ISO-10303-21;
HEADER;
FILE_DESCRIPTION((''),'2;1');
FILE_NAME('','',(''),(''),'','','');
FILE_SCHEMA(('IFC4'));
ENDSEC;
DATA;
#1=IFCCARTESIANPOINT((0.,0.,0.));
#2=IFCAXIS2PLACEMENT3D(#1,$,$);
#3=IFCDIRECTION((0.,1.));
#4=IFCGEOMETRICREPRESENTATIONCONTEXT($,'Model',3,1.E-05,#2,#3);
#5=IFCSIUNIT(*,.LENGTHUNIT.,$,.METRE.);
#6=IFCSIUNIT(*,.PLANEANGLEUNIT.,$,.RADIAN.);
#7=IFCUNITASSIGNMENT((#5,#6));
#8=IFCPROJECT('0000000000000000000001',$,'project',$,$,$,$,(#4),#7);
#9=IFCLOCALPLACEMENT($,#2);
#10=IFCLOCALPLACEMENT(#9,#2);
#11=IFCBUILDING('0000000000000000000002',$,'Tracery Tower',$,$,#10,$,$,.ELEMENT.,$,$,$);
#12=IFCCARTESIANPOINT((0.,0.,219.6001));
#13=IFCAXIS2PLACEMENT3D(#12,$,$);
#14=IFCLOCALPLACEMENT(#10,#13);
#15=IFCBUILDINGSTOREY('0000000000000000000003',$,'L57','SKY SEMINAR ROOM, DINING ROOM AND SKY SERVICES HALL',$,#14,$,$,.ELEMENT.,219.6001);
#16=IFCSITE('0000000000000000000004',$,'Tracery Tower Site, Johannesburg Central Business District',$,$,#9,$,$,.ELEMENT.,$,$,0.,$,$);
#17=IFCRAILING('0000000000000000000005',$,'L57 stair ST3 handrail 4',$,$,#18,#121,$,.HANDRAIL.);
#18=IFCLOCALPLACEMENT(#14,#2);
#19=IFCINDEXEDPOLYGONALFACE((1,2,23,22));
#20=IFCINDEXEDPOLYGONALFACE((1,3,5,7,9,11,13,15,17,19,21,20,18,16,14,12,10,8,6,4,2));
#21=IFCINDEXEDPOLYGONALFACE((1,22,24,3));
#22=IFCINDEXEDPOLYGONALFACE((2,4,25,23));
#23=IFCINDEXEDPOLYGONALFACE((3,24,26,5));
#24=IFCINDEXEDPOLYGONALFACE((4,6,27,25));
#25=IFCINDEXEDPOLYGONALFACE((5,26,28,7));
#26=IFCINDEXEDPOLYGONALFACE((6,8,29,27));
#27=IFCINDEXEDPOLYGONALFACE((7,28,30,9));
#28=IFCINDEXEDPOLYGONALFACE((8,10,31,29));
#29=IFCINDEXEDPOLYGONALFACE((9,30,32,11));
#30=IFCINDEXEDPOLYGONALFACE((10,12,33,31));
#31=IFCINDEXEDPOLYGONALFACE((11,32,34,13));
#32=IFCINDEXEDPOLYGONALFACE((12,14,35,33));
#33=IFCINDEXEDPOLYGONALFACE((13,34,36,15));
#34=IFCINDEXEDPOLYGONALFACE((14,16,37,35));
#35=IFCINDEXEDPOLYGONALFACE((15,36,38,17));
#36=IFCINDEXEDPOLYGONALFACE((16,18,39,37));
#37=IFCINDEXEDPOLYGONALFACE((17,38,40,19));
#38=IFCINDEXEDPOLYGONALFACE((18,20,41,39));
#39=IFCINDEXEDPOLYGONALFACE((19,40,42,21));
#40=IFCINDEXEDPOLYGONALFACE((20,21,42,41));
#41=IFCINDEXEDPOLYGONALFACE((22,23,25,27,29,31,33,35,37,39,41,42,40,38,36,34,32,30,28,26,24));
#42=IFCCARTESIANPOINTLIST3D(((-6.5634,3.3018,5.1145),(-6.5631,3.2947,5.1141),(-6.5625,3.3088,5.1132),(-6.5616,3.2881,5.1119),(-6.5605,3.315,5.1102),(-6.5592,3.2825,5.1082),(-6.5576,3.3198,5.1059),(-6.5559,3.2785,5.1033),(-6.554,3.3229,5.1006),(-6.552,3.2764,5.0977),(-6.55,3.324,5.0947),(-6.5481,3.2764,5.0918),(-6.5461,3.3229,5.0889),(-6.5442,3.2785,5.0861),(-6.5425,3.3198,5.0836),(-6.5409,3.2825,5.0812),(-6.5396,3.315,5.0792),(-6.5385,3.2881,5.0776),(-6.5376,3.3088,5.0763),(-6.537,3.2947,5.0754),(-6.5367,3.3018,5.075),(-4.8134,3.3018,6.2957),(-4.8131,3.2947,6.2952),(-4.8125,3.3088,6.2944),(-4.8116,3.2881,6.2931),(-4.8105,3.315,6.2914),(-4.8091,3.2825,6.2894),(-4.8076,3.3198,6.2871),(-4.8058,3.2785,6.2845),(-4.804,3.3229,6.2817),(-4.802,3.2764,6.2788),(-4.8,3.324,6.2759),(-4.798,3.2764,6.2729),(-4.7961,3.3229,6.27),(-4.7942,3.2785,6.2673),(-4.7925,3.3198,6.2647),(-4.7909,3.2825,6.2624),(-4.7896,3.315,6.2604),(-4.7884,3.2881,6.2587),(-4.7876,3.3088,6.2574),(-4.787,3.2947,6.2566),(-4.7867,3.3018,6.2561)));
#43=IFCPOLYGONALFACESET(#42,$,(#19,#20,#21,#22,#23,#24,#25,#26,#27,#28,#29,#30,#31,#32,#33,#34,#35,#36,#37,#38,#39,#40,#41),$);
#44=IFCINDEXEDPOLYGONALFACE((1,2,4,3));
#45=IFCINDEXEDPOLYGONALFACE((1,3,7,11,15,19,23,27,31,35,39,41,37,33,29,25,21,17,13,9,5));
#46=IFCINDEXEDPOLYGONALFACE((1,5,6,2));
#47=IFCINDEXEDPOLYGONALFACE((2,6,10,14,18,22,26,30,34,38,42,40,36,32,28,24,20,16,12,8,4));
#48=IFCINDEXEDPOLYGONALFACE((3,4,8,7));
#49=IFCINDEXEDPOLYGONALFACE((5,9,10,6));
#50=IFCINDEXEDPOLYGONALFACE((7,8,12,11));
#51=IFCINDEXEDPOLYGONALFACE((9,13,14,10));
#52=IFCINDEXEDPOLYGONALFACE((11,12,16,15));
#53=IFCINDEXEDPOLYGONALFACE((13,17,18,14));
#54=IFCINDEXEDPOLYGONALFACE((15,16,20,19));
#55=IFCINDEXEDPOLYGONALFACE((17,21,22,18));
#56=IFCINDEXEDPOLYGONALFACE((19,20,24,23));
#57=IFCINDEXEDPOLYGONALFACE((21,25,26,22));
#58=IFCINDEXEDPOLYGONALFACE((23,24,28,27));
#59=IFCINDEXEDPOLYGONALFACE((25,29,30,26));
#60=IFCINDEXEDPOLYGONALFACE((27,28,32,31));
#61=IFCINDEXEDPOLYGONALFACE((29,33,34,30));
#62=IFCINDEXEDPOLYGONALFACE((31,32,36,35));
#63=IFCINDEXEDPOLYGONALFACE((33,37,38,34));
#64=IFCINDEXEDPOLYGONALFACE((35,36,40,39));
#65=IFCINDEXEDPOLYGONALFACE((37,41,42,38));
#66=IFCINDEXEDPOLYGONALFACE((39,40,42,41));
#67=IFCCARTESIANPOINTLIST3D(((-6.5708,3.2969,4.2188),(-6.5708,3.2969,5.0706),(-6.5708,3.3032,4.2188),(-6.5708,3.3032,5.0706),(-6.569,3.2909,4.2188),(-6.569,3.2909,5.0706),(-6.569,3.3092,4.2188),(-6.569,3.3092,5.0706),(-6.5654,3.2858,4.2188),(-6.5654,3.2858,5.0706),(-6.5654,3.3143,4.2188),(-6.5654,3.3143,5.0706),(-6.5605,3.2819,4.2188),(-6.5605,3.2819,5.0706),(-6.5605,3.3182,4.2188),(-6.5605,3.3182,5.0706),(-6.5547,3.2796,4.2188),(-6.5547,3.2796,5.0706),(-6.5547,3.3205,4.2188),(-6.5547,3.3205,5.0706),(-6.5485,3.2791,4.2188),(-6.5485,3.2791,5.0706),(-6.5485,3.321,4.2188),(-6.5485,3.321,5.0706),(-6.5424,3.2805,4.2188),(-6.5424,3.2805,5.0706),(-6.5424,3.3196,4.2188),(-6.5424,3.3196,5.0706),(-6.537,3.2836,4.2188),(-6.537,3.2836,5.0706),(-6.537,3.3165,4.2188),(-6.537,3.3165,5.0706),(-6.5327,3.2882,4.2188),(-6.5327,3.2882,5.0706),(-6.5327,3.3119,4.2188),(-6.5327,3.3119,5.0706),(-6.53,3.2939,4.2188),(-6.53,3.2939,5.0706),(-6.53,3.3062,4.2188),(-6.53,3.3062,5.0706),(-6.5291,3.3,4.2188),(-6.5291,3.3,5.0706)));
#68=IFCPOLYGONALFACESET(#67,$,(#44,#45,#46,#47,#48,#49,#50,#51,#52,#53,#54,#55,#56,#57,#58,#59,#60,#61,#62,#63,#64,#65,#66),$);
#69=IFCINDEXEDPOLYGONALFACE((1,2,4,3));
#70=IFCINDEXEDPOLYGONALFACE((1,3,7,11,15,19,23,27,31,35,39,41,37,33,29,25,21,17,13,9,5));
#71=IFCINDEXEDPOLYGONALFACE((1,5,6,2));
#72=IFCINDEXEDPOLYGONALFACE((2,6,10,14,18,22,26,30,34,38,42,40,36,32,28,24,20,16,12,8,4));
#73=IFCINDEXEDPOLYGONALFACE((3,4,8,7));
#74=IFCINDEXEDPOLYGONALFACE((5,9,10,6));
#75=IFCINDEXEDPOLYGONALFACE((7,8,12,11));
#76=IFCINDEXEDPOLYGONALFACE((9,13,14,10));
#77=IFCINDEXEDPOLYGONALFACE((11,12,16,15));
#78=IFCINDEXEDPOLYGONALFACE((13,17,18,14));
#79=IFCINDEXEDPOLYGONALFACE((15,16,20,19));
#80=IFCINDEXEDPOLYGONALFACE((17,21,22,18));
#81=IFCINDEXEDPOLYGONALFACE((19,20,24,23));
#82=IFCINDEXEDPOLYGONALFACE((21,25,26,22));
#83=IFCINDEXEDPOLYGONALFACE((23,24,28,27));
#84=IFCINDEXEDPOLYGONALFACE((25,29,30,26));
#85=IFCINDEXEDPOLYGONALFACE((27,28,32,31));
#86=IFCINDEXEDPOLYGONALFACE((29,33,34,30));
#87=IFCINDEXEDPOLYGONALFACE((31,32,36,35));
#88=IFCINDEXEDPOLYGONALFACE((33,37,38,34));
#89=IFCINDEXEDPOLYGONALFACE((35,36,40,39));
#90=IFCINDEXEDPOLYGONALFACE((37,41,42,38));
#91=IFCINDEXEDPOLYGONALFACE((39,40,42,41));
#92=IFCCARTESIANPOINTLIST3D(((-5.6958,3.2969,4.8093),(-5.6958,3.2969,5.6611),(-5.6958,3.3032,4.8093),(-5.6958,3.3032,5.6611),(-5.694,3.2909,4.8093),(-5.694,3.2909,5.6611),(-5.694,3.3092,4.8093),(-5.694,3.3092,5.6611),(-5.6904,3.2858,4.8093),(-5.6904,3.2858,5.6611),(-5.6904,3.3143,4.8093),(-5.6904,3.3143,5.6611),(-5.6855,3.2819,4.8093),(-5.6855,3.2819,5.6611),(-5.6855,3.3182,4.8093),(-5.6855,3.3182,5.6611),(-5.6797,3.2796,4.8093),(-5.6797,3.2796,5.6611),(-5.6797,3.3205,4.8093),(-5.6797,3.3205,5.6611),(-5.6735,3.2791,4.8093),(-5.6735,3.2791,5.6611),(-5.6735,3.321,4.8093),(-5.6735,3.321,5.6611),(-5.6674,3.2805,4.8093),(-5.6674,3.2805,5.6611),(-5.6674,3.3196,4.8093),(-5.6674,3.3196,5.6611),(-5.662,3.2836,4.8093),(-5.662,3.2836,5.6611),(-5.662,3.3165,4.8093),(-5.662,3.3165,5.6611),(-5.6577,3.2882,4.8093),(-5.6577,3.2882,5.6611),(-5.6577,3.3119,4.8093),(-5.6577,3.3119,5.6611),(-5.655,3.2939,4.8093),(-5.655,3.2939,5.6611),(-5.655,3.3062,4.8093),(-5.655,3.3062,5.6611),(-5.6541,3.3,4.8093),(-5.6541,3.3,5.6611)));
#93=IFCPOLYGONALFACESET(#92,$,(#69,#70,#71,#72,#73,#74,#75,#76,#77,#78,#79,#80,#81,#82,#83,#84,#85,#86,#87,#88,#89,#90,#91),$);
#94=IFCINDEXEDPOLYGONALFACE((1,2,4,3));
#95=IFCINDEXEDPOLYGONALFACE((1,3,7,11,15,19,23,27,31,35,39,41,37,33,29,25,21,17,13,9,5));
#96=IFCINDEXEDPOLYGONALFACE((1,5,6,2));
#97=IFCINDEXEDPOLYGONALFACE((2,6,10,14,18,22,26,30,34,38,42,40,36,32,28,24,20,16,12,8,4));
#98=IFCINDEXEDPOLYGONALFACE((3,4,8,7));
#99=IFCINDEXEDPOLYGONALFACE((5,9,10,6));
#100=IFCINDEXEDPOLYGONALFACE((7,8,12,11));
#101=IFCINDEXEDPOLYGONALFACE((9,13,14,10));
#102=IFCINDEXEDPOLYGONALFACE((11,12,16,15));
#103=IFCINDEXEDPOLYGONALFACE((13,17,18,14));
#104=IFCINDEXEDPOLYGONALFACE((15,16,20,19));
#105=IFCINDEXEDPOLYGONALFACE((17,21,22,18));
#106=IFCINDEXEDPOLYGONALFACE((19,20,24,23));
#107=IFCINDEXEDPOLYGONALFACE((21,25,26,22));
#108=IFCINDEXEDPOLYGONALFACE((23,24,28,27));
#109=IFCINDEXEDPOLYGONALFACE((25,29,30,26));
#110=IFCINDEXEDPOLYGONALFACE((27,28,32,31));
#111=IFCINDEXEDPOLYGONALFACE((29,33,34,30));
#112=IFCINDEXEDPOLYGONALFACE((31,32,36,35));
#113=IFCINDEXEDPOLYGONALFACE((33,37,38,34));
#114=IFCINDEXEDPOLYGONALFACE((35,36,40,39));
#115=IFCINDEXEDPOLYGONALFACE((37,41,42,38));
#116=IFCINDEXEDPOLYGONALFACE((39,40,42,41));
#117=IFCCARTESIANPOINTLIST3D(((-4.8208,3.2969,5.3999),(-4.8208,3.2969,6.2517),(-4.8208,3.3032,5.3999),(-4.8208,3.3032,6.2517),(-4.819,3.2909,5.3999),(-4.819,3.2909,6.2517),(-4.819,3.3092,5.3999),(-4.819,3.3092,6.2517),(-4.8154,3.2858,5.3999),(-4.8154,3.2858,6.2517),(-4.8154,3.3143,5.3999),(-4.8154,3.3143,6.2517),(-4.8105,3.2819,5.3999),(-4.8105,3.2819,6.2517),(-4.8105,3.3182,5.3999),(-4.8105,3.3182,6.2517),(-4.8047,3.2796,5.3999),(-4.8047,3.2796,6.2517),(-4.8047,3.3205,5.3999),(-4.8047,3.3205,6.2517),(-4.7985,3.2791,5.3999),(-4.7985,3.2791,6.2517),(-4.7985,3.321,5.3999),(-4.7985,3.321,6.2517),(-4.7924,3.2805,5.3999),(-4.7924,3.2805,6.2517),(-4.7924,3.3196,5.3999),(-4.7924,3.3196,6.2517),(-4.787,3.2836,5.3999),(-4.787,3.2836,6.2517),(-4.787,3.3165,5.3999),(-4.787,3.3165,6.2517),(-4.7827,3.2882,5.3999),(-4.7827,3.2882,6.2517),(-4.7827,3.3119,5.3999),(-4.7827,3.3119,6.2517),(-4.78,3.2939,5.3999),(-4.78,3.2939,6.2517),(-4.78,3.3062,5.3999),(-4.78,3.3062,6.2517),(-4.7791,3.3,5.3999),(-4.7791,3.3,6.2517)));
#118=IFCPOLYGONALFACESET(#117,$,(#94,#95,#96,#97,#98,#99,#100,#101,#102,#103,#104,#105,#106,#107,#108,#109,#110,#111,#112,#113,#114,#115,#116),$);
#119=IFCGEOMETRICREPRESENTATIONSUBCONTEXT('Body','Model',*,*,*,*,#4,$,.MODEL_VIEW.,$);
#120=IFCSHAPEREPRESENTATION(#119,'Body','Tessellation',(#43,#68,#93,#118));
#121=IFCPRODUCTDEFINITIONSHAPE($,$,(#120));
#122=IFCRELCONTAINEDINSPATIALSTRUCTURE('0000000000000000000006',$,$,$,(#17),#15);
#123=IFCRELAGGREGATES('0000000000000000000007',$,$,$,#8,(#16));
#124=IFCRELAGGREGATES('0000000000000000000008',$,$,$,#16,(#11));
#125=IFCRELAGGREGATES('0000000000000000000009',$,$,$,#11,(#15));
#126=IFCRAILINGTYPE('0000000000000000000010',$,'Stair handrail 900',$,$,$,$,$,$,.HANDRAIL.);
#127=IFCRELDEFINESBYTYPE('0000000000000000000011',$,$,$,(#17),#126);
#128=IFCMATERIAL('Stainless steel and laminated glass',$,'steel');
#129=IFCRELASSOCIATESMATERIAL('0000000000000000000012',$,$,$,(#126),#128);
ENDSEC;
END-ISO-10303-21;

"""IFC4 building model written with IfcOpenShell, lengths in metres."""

from ifc_helpers import new_model, si_unit, direction, frame, origin, origin_2d, place, context, subcontext, project, spatial, circle, extrude, material, type_object, element, save


model = new_model("IFC4")

# Units and contexts
model_context = context("Model", 3, precision=1e-05, world=origin(), true_north=direction((0.0, 1.0)))
body_context = subcontext(model_context, "Body", "Model", "MODEL_VIEW")
ifc_project = project(units=[si_unit("LENGTHUNIT", "METRE"), si_unit("PLANEANGLEUNIT", "RADIAN")], contexts=[model_context])

# Site, building, storey
site_placement = place(None, origin())
site = spatial("IfcSite", under=ifc_project, at=site_placement, Name="Tracery Tower Site, Johannesburg Central Business District", CompositionType="ELEMENT", RefElevation=0.0)
building_placement = place(site_placement, origin())
building = spatial("IfcBuilding", under=site, at=building_placement, Name="Tracery Tower", CompositionType="ELEMENT")
storey_placement = place(building_placement, frame((0.0, 0.0, 219.6001)))
storey = spatial("IfcBuildingStorey", under=building, at=storey_placement, Name="L57", Description="SKY SEMINAR ROOM, DINING ROOM AND SKY SERVICES HALL", CompositionType="ELEMENT", Elevation=219.6001)

# Railing
ifc_material_1 = material(Name="Stainless steel and laminated glass", Category="steel")
railing_type_1 = type_object("IfcRailingType", Name="Stair handrail 900", PredefinedType="HANDRAIL", material=ifc_material_1)
railing_1_placement = place(storey_placement, frame((-6.55, 3.3, 4.2188)))
element("IfcRailing", 1, at=railing_1_placement, inside=storey, type_object=railing_type_1, Name="L57 stair ST3 handrail 4", PredefinedType="HANDRAIL", context=body_context, shape_type="SweptSolid", body=[
    extrude(circle(Radius=0.0239, at=origin_2d()), frame((0.0, 0.0, 0.876), z_axis=(0.82887, 0.0, 0.559441), x_axis=(0.0, 1.0, 0.0)), (0.0, 0.0, 1.0), 2.1113),
    extrude(circle(Radius=0.021, at=origin_2d()), origin(), (0.0, 0.0, 1.0), 0.8518),
    extrude(circle(Radius=0.021, at=origin_2d()), frame((0.875, 0.0, 0.5906)), (0.0, 0.0, 1.0), 0.8518),
    extrude(circle(Radius=0.021, at=origin_2d()), frame((1.75, 0.0, 1.1812)), (0.0, 0.0, 1.0), 0.8518),
])

save(model, "model.ifc")
